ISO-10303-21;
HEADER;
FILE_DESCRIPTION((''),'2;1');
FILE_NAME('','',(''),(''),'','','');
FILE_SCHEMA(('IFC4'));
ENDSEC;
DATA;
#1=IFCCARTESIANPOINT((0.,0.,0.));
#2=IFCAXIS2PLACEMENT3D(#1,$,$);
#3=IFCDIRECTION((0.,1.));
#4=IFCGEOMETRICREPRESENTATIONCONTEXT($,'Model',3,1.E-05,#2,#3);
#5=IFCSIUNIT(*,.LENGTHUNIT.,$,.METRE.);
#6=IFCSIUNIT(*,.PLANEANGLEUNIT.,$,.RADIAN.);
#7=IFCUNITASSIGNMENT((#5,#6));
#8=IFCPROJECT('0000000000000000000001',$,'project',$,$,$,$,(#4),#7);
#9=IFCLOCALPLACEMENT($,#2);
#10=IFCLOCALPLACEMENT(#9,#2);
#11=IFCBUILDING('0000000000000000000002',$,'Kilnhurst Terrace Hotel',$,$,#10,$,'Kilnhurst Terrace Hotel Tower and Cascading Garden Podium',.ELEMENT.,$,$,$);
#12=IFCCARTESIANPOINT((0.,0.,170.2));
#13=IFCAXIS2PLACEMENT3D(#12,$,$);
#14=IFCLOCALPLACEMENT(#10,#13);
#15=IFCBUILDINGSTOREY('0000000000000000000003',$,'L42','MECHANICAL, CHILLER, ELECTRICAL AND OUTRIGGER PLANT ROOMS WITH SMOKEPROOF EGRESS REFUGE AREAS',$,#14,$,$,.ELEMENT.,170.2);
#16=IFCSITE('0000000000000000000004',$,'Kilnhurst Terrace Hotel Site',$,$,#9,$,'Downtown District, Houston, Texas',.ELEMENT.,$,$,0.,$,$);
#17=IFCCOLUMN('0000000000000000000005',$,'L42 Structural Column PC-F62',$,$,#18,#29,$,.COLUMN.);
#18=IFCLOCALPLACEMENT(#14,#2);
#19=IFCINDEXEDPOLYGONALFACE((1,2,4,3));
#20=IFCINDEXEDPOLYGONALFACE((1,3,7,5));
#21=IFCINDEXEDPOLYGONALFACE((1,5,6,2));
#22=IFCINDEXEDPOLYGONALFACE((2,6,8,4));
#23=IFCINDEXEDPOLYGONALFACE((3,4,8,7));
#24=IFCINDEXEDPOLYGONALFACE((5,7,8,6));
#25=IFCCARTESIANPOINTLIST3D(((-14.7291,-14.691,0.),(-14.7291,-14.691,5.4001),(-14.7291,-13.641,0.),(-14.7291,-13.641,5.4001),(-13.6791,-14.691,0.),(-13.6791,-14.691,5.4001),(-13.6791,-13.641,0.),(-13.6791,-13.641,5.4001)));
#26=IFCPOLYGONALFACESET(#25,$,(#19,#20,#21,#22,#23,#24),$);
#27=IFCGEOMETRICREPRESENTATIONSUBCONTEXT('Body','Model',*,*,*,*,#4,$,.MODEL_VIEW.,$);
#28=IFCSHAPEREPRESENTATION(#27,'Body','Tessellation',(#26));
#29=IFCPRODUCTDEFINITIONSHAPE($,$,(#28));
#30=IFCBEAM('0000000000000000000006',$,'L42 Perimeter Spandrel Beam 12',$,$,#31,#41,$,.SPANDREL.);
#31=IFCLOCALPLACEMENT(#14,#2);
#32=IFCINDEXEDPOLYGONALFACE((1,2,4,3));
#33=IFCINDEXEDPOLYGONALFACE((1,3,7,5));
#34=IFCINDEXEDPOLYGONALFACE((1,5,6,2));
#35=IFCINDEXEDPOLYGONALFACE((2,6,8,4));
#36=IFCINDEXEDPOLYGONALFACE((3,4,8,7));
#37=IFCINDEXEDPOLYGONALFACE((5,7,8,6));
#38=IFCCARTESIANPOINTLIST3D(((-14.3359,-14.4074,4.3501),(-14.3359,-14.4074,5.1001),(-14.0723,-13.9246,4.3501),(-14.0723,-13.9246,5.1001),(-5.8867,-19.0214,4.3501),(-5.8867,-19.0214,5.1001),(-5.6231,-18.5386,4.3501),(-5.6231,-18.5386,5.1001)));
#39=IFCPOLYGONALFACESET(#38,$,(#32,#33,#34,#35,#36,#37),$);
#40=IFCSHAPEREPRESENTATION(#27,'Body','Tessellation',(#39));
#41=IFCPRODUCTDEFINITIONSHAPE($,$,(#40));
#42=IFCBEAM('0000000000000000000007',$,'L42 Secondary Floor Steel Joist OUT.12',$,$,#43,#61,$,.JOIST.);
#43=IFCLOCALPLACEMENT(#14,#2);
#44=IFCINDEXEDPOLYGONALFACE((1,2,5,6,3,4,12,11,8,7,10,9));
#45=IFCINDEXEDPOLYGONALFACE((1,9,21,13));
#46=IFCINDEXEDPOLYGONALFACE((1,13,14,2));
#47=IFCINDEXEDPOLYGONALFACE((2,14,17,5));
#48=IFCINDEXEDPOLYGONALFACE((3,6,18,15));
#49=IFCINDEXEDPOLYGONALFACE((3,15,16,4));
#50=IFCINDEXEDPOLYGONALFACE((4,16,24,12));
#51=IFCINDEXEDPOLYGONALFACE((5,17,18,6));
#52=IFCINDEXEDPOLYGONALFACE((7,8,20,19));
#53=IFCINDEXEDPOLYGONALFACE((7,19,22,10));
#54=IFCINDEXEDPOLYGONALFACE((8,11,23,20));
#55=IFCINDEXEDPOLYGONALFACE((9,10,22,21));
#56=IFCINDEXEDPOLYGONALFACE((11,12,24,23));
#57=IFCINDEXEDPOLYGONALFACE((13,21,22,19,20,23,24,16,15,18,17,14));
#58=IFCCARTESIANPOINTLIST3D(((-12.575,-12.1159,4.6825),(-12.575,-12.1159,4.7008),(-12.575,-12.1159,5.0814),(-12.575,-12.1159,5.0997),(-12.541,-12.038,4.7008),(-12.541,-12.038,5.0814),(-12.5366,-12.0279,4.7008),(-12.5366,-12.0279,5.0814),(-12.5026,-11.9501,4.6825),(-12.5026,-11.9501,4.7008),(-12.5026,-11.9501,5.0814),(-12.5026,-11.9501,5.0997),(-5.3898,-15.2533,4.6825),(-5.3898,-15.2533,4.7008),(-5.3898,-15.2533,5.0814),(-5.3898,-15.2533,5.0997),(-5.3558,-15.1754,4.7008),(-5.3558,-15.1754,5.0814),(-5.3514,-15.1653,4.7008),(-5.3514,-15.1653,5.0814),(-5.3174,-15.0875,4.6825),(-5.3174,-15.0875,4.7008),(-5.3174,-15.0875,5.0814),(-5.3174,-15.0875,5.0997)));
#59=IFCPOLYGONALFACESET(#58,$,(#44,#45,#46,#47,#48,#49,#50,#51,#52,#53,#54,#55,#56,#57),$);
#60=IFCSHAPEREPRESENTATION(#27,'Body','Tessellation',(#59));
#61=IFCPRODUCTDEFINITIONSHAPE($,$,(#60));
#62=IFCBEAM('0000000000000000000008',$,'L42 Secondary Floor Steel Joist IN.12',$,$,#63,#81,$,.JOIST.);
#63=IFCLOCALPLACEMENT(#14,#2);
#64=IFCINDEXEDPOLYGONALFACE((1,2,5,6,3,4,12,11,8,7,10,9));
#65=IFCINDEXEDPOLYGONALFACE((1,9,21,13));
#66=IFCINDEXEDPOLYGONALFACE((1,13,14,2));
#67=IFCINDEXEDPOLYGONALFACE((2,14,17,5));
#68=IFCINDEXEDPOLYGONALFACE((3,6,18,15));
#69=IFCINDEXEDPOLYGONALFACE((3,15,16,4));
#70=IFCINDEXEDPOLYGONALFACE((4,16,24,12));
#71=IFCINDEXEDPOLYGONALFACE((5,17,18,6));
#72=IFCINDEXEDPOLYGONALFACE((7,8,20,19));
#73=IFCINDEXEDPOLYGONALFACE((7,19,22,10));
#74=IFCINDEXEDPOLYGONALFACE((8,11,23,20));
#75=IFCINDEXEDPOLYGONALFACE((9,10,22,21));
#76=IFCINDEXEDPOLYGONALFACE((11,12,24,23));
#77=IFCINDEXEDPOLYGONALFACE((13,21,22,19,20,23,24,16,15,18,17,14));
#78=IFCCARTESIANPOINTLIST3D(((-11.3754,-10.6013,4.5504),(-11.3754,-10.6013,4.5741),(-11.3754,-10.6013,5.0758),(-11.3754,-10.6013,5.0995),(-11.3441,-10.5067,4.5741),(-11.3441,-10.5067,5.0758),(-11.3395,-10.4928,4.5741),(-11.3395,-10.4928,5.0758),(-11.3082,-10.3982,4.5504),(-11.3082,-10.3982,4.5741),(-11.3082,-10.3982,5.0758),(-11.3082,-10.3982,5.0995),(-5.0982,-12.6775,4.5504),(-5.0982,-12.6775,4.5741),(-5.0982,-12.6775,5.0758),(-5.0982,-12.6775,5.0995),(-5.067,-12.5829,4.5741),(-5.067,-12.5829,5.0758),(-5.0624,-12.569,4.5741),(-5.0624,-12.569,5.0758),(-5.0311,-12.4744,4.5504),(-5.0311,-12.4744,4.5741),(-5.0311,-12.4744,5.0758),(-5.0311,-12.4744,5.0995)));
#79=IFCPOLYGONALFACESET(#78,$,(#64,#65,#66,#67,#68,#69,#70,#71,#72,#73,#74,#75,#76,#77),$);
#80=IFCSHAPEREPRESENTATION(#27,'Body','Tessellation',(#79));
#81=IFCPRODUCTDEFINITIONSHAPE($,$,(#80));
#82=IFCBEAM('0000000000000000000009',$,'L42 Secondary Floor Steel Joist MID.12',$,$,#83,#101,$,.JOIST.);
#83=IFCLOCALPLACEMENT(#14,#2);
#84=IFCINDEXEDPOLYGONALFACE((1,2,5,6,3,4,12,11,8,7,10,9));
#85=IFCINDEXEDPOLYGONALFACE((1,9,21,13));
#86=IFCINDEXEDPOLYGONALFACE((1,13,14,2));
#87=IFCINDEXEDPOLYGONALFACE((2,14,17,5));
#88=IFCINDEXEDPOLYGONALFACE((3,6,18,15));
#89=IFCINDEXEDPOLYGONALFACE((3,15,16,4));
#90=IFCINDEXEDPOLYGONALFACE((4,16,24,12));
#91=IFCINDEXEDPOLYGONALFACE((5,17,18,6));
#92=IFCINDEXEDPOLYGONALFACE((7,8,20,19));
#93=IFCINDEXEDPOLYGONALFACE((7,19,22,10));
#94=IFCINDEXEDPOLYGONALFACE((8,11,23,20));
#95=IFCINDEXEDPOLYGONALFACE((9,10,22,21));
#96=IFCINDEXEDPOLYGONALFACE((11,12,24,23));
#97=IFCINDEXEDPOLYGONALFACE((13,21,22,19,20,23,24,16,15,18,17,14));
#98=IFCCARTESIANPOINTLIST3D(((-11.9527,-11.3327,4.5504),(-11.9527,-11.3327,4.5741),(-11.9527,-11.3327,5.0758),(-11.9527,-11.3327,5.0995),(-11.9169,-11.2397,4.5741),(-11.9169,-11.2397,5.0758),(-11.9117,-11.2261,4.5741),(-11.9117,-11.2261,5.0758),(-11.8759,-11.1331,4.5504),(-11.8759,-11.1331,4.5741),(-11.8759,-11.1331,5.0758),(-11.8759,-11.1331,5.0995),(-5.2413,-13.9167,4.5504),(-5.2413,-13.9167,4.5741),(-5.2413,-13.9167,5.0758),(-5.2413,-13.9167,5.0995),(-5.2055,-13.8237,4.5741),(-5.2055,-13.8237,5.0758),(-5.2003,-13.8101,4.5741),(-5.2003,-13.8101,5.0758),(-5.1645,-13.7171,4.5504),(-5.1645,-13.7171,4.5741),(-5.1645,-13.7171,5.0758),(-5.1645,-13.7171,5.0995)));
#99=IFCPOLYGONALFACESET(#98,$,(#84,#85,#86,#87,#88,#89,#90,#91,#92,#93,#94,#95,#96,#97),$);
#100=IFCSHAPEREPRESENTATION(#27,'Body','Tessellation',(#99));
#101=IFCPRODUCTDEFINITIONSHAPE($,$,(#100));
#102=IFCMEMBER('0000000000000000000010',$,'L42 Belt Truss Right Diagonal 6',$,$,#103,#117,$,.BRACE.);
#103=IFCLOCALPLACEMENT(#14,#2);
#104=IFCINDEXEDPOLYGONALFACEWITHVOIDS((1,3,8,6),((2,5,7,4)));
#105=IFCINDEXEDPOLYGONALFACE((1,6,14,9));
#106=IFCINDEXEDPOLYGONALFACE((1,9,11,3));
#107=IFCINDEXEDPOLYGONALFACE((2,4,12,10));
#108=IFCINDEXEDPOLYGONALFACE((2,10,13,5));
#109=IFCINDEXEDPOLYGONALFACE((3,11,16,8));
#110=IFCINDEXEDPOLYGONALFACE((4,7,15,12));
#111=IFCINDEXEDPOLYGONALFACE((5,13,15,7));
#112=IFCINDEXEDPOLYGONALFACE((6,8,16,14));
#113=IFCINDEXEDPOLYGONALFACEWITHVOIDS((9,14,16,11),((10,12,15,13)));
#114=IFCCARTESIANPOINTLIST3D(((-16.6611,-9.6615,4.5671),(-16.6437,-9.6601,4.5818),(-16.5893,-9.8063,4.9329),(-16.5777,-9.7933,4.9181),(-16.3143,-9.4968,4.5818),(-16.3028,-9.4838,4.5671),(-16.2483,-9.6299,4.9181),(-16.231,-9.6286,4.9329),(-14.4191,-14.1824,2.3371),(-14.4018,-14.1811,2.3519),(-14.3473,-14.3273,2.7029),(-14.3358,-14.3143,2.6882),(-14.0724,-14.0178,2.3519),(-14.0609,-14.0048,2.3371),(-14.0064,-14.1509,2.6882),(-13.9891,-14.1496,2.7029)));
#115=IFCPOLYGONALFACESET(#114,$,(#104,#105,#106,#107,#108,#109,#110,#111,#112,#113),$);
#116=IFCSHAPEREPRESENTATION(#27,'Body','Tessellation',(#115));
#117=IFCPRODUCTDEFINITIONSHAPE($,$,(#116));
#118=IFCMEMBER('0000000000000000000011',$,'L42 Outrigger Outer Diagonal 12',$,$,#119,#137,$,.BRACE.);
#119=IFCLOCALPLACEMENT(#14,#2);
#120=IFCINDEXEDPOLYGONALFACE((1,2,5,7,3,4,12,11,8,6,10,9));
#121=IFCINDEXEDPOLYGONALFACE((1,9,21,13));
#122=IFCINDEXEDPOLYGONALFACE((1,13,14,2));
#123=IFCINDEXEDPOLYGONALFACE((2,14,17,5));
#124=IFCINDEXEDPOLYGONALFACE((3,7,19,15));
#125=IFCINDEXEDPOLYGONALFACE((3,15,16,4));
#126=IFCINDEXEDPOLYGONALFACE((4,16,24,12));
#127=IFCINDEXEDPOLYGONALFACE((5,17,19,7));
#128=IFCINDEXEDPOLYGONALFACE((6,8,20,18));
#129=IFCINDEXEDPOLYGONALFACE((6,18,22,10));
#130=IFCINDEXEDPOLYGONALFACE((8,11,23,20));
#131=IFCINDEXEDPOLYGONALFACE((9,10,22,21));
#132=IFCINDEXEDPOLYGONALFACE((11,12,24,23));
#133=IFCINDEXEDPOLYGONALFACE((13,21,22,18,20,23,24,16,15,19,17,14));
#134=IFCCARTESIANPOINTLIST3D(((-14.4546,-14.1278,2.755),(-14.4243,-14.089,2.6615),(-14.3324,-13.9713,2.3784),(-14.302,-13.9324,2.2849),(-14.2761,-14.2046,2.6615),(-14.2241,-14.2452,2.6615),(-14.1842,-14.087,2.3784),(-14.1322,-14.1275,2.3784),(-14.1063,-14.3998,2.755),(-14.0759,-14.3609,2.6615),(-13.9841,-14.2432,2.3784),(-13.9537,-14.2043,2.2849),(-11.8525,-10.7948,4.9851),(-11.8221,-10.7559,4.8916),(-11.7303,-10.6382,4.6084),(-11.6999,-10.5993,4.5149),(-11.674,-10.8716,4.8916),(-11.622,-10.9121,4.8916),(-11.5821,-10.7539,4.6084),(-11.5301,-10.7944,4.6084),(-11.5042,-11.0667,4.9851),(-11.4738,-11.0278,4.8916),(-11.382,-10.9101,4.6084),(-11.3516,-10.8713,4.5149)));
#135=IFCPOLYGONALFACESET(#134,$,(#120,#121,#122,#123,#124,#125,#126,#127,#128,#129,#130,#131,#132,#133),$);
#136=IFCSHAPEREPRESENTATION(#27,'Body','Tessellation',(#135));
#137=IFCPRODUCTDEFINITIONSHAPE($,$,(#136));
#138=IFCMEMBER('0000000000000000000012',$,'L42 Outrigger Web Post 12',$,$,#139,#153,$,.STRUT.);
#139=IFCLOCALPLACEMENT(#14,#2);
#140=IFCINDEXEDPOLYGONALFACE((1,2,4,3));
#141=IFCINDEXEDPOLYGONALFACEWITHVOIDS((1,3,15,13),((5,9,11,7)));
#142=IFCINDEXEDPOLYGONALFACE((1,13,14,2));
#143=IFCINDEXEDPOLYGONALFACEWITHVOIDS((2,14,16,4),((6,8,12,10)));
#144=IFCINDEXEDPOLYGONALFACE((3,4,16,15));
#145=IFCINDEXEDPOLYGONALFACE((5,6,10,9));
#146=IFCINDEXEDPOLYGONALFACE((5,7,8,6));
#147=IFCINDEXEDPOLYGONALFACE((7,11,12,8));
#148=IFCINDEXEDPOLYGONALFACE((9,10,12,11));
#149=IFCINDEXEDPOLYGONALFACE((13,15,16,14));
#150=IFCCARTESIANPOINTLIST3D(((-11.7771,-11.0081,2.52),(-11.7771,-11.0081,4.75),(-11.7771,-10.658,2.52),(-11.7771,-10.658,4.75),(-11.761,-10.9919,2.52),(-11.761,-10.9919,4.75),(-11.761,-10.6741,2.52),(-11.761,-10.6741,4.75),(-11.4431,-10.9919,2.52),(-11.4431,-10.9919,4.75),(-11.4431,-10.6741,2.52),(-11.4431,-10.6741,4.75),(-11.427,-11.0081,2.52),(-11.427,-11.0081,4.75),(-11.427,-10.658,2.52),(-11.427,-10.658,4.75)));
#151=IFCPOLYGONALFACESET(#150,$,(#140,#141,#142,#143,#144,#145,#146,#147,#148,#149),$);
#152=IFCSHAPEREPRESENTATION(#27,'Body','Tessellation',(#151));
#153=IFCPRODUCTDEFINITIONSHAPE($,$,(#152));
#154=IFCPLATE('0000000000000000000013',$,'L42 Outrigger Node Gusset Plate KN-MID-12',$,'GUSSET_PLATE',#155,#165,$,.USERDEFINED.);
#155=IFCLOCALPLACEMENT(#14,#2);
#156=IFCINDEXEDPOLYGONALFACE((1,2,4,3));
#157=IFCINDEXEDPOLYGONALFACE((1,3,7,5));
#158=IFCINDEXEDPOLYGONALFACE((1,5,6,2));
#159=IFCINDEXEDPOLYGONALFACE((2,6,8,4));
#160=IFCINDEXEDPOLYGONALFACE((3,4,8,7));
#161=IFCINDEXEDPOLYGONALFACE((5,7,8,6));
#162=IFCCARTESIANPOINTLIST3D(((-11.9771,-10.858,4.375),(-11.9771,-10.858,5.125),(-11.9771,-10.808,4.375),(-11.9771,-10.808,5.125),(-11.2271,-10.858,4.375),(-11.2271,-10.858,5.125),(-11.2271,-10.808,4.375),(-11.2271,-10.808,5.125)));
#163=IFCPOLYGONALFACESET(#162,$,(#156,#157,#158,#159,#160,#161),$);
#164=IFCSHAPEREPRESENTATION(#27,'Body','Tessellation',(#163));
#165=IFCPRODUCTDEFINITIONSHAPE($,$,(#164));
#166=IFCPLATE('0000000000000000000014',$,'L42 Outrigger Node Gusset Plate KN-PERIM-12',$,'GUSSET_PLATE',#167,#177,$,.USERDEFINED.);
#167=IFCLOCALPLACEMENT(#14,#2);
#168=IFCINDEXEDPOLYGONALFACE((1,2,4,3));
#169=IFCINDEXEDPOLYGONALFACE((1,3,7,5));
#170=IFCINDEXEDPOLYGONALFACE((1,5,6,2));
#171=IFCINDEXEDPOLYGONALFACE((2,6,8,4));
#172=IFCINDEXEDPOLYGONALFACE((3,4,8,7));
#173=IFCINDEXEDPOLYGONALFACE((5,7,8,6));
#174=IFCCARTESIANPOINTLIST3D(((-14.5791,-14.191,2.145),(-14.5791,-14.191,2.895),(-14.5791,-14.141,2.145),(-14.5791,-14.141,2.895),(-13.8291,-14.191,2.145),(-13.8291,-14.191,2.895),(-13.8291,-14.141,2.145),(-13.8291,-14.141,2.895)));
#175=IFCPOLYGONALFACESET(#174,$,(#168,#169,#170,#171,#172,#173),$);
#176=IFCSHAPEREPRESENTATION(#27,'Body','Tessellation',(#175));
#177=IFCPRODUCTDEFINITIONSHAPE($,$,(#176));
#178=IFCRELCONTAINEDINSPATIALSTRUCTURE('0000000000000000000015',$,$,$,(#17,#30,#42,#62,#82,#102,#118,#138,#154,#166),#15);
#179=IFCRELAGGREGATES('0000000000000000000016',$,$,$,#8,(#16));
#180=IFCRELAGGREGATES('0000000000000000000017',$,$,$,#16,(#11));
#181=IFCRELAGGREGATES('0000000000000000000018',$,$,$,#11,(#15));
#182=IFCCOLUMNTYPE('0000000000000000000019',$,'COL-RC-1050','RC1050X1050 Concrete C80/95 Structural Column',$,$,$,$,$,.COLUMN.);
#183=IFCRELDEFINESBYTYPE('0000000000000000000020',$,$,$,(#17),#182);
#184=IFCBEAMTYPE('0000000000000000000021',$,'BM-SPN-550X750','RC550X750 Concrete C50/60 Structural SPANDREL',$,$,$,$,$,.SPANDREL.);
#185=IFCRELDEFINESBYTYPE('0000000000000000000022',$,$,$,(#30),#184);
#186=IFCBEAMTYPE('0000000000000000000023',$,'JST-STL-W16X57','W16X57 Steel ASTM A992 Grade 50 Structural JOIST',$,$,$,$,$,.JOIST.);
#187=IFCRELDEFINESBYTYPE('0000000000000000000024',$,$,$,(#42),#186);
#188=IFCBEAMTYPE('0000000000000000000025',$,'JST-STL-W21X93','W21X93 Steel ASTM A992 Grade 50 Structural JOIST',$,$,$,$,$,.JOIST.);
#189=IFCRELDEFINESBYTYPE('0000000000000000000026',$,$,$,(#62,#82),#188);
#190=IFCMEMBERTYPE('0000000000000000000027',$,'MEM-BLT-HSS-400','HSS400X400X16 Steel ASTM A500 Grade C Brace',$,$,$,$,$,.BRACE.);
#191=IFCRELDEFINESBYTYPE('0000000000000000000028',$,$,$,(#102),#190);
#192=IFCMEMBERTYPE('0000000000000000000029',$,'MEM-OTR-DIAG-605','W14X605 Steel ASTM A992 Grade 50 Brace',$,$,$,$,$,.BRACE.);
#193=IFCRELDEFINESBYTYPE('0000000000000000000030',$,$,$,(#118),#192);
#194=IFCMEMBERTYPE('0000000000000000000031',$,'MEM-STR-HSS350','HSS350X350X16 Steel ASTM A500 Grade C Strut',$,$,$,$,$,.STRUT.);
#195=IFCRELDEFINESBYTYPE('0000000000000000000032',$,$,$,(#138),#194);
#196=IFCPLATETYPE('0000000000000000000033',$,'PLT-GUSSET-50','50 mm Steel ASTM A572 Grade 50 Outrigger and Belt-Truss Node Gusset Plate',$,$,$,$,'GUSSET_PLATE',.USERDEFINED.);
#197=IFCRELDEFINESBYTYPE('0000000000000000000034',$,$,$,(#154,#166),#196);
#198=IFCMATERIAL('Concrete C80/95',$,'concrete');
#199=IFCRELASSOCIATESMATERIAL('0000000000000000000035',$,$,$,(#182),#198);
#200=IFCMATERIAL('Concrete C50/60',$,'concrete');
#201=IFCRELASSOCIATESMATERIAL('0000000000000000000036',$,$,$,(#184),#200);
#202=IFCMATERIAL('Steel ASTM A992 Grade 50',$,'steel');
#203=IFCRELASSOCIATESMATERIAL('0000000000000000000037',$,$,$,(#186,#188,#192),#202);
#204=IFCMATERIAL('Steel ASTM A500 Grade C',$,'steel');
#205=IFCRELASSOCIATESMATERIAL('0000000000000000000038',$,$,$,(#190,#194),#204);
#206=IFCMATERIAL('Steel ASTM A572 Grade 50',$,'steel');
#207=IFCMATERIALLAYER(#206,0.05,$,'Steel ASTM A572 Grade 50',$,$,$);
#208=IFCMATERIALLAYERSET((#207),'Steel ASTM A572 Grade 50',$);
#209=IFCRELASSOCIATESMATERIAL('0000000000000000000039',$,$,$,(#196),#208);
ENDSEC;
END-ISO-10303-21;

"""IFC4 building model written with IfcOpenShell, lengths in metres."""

from ifc_helpers import new_model, si_unit, direction, frame, origin, origin_2d, place, context, subcontext, project, spatial, rectangle, hollow_rectangle, i_section, extrude, material, layer, layer_set, material_profile, profile_set, type_object, element, save


model = new_model("IFC4")

# Units and contexts
model_context = context("Model", 3, precision=1e-05, world=origin(), true_north=direction((0.0, 1.0)))
body_context = subcontext(model_context, "Body", "Model", "MODEL_VIEW")
ifc_project = project(units=[si_unit("LENGTHUNIT", "METRE"), si_unit("PLANEANGLEUNIT", "RADIAN")], contexts=[model_context])

# Site, building, storey
site_placement = place(None, origin())
site = spatial("IfcSite", under=ifc_project, at=site_placement, Name="Kilnhurst Terrace Hotel Site", LongName="Downtown District, Houston, Texas", CompositionType="ELEMENT", RefElevation=0.0)
building_placement = place(site_placement, origin())
building = spatial("IfcBuilding", under=site, at=building_placement, Name="Kilnhurst Terrace Hotel", LongName="Kilnhurst Terrace Hotel Tower and Cascading Garden Podium", CompositionType="ELEMENT")
storey_placement = place(building_placement, frame((0.0, 0.0, 170.2)))
storey = spatial("IfcBuildingStorey", under=building, at=storey_placement, Name="L42", Description="MECHANICAL, CHILLER, ELECTRICAL AND OUTRIGGER PLANT ROOMS WITH SMOKEPROOF EGRESS REFUGE AREAS", CompositionType="ELEMENT", Elevation=170.2)

# Column
ifc_material_1 = material(Name="Concrete C80/95", Category="concrete")
ifc_material_profile_1 = material_profile(ifc_material_1, rectangle(XDim=1.05, YDim=1.05, at=origin_2d()), Name="RC1050X1050")
ifc_profile_set_1 = profile_set([ifc_material_profile_1], Name="Concrete C80/95")
column_type = type_object("IfcColumnType", Name="COL-RC-1050", Description="RC1050X1050 Concrete C80/95 Structural Column", PredefinedType="COLUMN", material=ifc_profile_set_1)
column_placement = place(storey_placement, frame((-14.2041, -14.166, 0.0), z_axis=(0.0, 0.0, 1.0), x_axis=(1.0, 0.0, 0.0)))
element("IfcColumn", 1, at=column_placement, inside=storey, type_object=column_type, Name="L42 Structural Column PC-F62", PredefinedType="COLUMN", context=body_context, shape_type="SweptSolid", body=[
    extrude(rectangle(XDim=1.05, YDim=1.05, at=origin_2d()), origin(), (0.0, 0.0, 1.0), 5.4001),
])

# Beams
ifc_material_2 = material(Name="Concrete C50/60", Category="concrete")
ifc_material_profile_2 = material_profile(ifc_material_2, rectangle(XDim=0.55, YDim=0.75, at=origin_2d()), Name="RC550X750")
ifc_profile_set_2 = profile_set([ifc_material_profile_2], Name="Concrete C50/60")
beam_type_1 = type_object("IfcBeamType", Name="BM-SPN-550X750", Description="RC550X750 Concrete C50/60 Structural SPANDREL", PredefinedType="SPANDREL", material=ifc_profile_set_2)
beam_1_placement = place(storey_placement, frame((-14.2041, -14.166, 4.7251), z_axis=(0.877662, -0.47928, 0.0), x_axis=(0.47928, 0.877662, 0.0)))
element("IfcBeam", 2, at=beam_1_placement, inside=storey, type_object=beam_type_1, Name="L42 Perimeter Spandrel Beam 12", PredefinedType="SPANDREL", context=body_context, shape_type="SweptSolid", body=[
    extrude(rectangle(XDim=0.55, YDim=0.75, at=origin_2d()), origin(), (0.0, 0.0, 1.0), 9.627),
])
ifc_material_3 = material(Name="Steel ASTM A992 Grade 50", Category="steel")
ifc_material_profile_3 = material_profile(ifc_material_3, i_section(OverallWidth=0.1809, OverallDepth=0.4172, WebThickness=0.011, FlangeThickness=0.0183, at=origin_2d()), Name="W16X57")
ifc_profile_set_3 = profile_set([ifc_material_profile_3], Name="Steel ASTM A992 Grade 50")
beam_type_2 = type_object("IfcBeamType", Name="JST-STL-W16X57", Description="W16X57 Steel ASTM A992 Grade 50 Structural JOIST", PredefinedType="JOIST", material=ifc_profile_set_3)
beam_2_placement = place(storey_placement, frame((-12.5388, -12.033, 4.8911), z_axis=(0.916444, -0.400164, 0.0), x_axis=(0.400164, 0.916444, 0.0)))
element("IfcBeam", 3, at=beam_2_placement, inside=storey, type_object=beam_type_2, Name="L42 Secondary Floor Steel Joist OUT.12", PredefinedType="JOIST", context=body_context, shape_type="SweptSolid", body=[
    extrude(i_section(OverallWidth=0.1809, OverallDepth=0.4172, WebThickness=0.011, FlangeThickness=0.0183, at=origin_2d()), origin(), (0.0, 0.0, 1.0), 7.8403),
])
ifc_material_profile_4 = material_profile(ifc_material_3, i_section(OverallWidth=0.2139, OverallDepth=0.5491, WebThickness=0.0146, FlangeThickness=0.0237, at=origin_2d()), Name="W21X93")
ifc_profile_set_4 = profile_set([ifc_material_profile_4], Name="Steel ASTM A992 Grade 50")
beam_type_3 = type_object("IfcBeamType", Name="JST-STL-W21X93", Description="W21X93 Steel ASTM A992 Grade 50 Structural JOIST", PredefinedType="JOIST", material=ifc_profile_set_4)
beam_3_placement = place(storey_placement, frame((-11.3418, -10.4998, 4.825), z_axis=(0.949416, -0.314022, 0.0), x_axis=(0.314022, 0.949416, 0.0)))
element("IfcBeam", 4, at=beam_3_placement, inside=storey, type_object=beam_type_3, Name="L42 Secondary Floor Steel Joist IN.12", PredefinedType="JOIST", context=body_context, shape_type="SweptSolid", body=[
    extrude(i_section(OverallWidth=0.2139, OverallDepth=0.5491, WebThickness=0.0146, FlangeThickness=0.0237, at=origin_2d()), origin(), (0.0, 0.0, 1.0), 6.6116),
])
beam_4_placement = place(storey_placement, frame((-11.9143, -11.2329, 4.825), z_axis=(0.933221, -0.359302, 0.0), x_axis=(0.359302, 0.933221, 0.0)))
element("IfcBeam", 5, at=beam_4_placement, inside=storey, type_object=beam_type_3, Name="L42 Secondary Floor Steel Joist MID.12", PredefinedType="JOIST", context=body_context, shape_type="SweptSolid", body=[
    extrude(i_section(OverallWidth=0.2139, OverallDepth=0.5491, WebThickness=0.0146, FlangeThickness=0.0237, at=origin_2d()), origin(), (0.0, 0.0, 1.0), 7.1917),
])

# Members
ifc_material_4 = material(Name="Steel ASTM A500 Grade C", Category="steel")
ifc_material_profile_5 = material_profile(ifc_material_4, hollow_rectangle(XDim=0.3999, YDim=0.3999, WallThickness=0.0161, at=origin_2d()), Name="HSS400X400X16")
ifc_profile_set_5 = profile_set([ifc_material_profile_5], Name="Steel ASTM A500 Grade C")
member_type_1 = type_object("IfcMemberType", Name="MEM-BLT-HSS-400", Description="HSS400X400X16 Steel ASTM A500 Grade C Brace", PredefinedType="BRACE", material=ifc_profile_set_5)
member_1_placement = place(storey_placement, frame((-14.2041, -14.166, 2.52), z_axis=(-0.406362, 0.81945, 0.404193), x_axis=(-0.895893, -0.44427, 0.0)))
element("IfcMember", 6, at=member_1_placement, inside=storey, type_object=member_type_1, Name="L42 Belt Truss Right Diagonal 6", PredefinedType="BRACE", context=body_context, shape_type="SweptSolid", body=[
    extrude(hollow_rectangle(XDim=0.3999, YDim=0.3999, WallThickness=0.0161, at=origin_2d()), origin(), (0.0, 0.0, 1.0), 5.5171),
])
ifc_material_profile_6 = material_profile(ifc_material_3, i_section(OverallWidth=0.4419, OverallDepth=0.5315, WebThickness=0.0659, FlangeThickness=0.1057, at=origin_2d()), Name="W14X605")
ifc_profile_set_6 = profile_set([ifc_material_profile_6], Name="Steel ASTM A992 Grade 50")
member_type_2 = type_object("IfcMemberType", Name="MEM-OTR-DIAG-605", Description="W14X605 Steel ASTM A992 Grade 50 Brace", PredefinedType="BRACE", material=ifc_profile_set_6)
member_2_placement = place(storey_placement, frame((-11.6021, -10.833, 4.75), z_axis=(-0.544314, -0.697221, -0.466482), x_axis=(0.788238, -0.615371, 0.0)))
element("IfcMember", 7, at=member_2_placement, inside=storey, type_object=member_type_2, Name="L42 Outrigger Outer Diagonal 12", PredefinedType="BRACE", context=body_context, shape_type="SweptSolid", body=[
    extrude(i_section(OverallWidth=0.4419, OverallDepth=0.5315, WebThickness=0.0659, FlangeThickness=0.1057, at=origin_2d()), origin(), (0.0, 0.0, 1.0), 4.7805),
])
ifc_material_profile_7 = material_profile(ifc_material_4, hollow_rectangle(XDim=0.3501, YDim=0.3501, WallThickness=0.0161, at=origin_2d()), Name="HSS350X350X16")
ifc_profile_set_7 = profile_set([ifc_material_profile_7], Name="Steel ASTM A500 Grade C")
member_type_3 = type_object("IfcMemberType", Name="MEM-STR-HSS350", Description="HSS350X350X16 Steel ASTM A500 Grade C Strut", PredefinedType="STRUT", material=ifc_profile_set_7)
member_3_placement = place(storey_placement, frame((-11.6021, -10.833, 2.52), z_axis=(0.0, 0.0, 1.0), x_axis=(1.0, 0.0, 0.0)))
element("IfcMember", 8, at=member_3_placement, inside=storey, type_object=member_type_3, Name="L42 Outrigger Web Post 12", PredefinedType="STRUT", context=body_context, shape_type="SweptSolid", body=[
    extrude(hollow_rectangle(XDim=0.3501, YDim=0.3501, WallThickness=0.0161, at=origin_2d()), origin(), (0.0, 0.0, 1.0), 2.23),
])

# Plates
ifc_material_5 = material(Name="Steel ASTM A572 Grade 50", Category="steel")
ifc_layer_1 = layer(ifc_material_5, 0.05, Name="Steel ASTM A572 Grade 50")
ifc_layer_set_1 = layer_set([ifc_layer_1], Name="Steel ASTM A572 Grade 50")
plate_type = type_object("IfcPlateType", Name="PLT-GUSSET-50", Description="50 mm Steel ASTM A572 Grade 50 Outrigger and Belt-Truss Node Gusset Plate", ElementType="GUSSET_PLATE", PredefinedType="USERDEFINED", material=ifc_layer_set_1)
for number, where, z_axis, x_axis, name in (
    (9, (-11.6021, -10.833, 4.375), (0.0, 0.0, 1.0), (1.0, 0.0, 0.0), "L42 Outrigger Node Gusset Plate KN-MID-12"),
    (10, (-14.2041, -14.166, 2.145), (0.0, 0.0, 1.0), (1.0, 0.0, 0.0), "L42 Outrigger Node Gusset Plate KN-PERIM-12"),
):
    element("IfcPlate", number, at=place(storey_placement, frame(where, z_axis=z_axis, x_axis=x_axis)), inside=storey, type_object=plate_type, Name=name, ObjectType="GUSSET_PLATE", PredefinedType="USERDEFINED", context=body_context, shape_type="SweptSolid", body=[
        extrude(rectangle(XDim=0.75, YDim=0.05, at=origin_2d()), origin(), (0.0, 0.0, 1.0), 0.75),
    ])

save(model, "model.ifc")
